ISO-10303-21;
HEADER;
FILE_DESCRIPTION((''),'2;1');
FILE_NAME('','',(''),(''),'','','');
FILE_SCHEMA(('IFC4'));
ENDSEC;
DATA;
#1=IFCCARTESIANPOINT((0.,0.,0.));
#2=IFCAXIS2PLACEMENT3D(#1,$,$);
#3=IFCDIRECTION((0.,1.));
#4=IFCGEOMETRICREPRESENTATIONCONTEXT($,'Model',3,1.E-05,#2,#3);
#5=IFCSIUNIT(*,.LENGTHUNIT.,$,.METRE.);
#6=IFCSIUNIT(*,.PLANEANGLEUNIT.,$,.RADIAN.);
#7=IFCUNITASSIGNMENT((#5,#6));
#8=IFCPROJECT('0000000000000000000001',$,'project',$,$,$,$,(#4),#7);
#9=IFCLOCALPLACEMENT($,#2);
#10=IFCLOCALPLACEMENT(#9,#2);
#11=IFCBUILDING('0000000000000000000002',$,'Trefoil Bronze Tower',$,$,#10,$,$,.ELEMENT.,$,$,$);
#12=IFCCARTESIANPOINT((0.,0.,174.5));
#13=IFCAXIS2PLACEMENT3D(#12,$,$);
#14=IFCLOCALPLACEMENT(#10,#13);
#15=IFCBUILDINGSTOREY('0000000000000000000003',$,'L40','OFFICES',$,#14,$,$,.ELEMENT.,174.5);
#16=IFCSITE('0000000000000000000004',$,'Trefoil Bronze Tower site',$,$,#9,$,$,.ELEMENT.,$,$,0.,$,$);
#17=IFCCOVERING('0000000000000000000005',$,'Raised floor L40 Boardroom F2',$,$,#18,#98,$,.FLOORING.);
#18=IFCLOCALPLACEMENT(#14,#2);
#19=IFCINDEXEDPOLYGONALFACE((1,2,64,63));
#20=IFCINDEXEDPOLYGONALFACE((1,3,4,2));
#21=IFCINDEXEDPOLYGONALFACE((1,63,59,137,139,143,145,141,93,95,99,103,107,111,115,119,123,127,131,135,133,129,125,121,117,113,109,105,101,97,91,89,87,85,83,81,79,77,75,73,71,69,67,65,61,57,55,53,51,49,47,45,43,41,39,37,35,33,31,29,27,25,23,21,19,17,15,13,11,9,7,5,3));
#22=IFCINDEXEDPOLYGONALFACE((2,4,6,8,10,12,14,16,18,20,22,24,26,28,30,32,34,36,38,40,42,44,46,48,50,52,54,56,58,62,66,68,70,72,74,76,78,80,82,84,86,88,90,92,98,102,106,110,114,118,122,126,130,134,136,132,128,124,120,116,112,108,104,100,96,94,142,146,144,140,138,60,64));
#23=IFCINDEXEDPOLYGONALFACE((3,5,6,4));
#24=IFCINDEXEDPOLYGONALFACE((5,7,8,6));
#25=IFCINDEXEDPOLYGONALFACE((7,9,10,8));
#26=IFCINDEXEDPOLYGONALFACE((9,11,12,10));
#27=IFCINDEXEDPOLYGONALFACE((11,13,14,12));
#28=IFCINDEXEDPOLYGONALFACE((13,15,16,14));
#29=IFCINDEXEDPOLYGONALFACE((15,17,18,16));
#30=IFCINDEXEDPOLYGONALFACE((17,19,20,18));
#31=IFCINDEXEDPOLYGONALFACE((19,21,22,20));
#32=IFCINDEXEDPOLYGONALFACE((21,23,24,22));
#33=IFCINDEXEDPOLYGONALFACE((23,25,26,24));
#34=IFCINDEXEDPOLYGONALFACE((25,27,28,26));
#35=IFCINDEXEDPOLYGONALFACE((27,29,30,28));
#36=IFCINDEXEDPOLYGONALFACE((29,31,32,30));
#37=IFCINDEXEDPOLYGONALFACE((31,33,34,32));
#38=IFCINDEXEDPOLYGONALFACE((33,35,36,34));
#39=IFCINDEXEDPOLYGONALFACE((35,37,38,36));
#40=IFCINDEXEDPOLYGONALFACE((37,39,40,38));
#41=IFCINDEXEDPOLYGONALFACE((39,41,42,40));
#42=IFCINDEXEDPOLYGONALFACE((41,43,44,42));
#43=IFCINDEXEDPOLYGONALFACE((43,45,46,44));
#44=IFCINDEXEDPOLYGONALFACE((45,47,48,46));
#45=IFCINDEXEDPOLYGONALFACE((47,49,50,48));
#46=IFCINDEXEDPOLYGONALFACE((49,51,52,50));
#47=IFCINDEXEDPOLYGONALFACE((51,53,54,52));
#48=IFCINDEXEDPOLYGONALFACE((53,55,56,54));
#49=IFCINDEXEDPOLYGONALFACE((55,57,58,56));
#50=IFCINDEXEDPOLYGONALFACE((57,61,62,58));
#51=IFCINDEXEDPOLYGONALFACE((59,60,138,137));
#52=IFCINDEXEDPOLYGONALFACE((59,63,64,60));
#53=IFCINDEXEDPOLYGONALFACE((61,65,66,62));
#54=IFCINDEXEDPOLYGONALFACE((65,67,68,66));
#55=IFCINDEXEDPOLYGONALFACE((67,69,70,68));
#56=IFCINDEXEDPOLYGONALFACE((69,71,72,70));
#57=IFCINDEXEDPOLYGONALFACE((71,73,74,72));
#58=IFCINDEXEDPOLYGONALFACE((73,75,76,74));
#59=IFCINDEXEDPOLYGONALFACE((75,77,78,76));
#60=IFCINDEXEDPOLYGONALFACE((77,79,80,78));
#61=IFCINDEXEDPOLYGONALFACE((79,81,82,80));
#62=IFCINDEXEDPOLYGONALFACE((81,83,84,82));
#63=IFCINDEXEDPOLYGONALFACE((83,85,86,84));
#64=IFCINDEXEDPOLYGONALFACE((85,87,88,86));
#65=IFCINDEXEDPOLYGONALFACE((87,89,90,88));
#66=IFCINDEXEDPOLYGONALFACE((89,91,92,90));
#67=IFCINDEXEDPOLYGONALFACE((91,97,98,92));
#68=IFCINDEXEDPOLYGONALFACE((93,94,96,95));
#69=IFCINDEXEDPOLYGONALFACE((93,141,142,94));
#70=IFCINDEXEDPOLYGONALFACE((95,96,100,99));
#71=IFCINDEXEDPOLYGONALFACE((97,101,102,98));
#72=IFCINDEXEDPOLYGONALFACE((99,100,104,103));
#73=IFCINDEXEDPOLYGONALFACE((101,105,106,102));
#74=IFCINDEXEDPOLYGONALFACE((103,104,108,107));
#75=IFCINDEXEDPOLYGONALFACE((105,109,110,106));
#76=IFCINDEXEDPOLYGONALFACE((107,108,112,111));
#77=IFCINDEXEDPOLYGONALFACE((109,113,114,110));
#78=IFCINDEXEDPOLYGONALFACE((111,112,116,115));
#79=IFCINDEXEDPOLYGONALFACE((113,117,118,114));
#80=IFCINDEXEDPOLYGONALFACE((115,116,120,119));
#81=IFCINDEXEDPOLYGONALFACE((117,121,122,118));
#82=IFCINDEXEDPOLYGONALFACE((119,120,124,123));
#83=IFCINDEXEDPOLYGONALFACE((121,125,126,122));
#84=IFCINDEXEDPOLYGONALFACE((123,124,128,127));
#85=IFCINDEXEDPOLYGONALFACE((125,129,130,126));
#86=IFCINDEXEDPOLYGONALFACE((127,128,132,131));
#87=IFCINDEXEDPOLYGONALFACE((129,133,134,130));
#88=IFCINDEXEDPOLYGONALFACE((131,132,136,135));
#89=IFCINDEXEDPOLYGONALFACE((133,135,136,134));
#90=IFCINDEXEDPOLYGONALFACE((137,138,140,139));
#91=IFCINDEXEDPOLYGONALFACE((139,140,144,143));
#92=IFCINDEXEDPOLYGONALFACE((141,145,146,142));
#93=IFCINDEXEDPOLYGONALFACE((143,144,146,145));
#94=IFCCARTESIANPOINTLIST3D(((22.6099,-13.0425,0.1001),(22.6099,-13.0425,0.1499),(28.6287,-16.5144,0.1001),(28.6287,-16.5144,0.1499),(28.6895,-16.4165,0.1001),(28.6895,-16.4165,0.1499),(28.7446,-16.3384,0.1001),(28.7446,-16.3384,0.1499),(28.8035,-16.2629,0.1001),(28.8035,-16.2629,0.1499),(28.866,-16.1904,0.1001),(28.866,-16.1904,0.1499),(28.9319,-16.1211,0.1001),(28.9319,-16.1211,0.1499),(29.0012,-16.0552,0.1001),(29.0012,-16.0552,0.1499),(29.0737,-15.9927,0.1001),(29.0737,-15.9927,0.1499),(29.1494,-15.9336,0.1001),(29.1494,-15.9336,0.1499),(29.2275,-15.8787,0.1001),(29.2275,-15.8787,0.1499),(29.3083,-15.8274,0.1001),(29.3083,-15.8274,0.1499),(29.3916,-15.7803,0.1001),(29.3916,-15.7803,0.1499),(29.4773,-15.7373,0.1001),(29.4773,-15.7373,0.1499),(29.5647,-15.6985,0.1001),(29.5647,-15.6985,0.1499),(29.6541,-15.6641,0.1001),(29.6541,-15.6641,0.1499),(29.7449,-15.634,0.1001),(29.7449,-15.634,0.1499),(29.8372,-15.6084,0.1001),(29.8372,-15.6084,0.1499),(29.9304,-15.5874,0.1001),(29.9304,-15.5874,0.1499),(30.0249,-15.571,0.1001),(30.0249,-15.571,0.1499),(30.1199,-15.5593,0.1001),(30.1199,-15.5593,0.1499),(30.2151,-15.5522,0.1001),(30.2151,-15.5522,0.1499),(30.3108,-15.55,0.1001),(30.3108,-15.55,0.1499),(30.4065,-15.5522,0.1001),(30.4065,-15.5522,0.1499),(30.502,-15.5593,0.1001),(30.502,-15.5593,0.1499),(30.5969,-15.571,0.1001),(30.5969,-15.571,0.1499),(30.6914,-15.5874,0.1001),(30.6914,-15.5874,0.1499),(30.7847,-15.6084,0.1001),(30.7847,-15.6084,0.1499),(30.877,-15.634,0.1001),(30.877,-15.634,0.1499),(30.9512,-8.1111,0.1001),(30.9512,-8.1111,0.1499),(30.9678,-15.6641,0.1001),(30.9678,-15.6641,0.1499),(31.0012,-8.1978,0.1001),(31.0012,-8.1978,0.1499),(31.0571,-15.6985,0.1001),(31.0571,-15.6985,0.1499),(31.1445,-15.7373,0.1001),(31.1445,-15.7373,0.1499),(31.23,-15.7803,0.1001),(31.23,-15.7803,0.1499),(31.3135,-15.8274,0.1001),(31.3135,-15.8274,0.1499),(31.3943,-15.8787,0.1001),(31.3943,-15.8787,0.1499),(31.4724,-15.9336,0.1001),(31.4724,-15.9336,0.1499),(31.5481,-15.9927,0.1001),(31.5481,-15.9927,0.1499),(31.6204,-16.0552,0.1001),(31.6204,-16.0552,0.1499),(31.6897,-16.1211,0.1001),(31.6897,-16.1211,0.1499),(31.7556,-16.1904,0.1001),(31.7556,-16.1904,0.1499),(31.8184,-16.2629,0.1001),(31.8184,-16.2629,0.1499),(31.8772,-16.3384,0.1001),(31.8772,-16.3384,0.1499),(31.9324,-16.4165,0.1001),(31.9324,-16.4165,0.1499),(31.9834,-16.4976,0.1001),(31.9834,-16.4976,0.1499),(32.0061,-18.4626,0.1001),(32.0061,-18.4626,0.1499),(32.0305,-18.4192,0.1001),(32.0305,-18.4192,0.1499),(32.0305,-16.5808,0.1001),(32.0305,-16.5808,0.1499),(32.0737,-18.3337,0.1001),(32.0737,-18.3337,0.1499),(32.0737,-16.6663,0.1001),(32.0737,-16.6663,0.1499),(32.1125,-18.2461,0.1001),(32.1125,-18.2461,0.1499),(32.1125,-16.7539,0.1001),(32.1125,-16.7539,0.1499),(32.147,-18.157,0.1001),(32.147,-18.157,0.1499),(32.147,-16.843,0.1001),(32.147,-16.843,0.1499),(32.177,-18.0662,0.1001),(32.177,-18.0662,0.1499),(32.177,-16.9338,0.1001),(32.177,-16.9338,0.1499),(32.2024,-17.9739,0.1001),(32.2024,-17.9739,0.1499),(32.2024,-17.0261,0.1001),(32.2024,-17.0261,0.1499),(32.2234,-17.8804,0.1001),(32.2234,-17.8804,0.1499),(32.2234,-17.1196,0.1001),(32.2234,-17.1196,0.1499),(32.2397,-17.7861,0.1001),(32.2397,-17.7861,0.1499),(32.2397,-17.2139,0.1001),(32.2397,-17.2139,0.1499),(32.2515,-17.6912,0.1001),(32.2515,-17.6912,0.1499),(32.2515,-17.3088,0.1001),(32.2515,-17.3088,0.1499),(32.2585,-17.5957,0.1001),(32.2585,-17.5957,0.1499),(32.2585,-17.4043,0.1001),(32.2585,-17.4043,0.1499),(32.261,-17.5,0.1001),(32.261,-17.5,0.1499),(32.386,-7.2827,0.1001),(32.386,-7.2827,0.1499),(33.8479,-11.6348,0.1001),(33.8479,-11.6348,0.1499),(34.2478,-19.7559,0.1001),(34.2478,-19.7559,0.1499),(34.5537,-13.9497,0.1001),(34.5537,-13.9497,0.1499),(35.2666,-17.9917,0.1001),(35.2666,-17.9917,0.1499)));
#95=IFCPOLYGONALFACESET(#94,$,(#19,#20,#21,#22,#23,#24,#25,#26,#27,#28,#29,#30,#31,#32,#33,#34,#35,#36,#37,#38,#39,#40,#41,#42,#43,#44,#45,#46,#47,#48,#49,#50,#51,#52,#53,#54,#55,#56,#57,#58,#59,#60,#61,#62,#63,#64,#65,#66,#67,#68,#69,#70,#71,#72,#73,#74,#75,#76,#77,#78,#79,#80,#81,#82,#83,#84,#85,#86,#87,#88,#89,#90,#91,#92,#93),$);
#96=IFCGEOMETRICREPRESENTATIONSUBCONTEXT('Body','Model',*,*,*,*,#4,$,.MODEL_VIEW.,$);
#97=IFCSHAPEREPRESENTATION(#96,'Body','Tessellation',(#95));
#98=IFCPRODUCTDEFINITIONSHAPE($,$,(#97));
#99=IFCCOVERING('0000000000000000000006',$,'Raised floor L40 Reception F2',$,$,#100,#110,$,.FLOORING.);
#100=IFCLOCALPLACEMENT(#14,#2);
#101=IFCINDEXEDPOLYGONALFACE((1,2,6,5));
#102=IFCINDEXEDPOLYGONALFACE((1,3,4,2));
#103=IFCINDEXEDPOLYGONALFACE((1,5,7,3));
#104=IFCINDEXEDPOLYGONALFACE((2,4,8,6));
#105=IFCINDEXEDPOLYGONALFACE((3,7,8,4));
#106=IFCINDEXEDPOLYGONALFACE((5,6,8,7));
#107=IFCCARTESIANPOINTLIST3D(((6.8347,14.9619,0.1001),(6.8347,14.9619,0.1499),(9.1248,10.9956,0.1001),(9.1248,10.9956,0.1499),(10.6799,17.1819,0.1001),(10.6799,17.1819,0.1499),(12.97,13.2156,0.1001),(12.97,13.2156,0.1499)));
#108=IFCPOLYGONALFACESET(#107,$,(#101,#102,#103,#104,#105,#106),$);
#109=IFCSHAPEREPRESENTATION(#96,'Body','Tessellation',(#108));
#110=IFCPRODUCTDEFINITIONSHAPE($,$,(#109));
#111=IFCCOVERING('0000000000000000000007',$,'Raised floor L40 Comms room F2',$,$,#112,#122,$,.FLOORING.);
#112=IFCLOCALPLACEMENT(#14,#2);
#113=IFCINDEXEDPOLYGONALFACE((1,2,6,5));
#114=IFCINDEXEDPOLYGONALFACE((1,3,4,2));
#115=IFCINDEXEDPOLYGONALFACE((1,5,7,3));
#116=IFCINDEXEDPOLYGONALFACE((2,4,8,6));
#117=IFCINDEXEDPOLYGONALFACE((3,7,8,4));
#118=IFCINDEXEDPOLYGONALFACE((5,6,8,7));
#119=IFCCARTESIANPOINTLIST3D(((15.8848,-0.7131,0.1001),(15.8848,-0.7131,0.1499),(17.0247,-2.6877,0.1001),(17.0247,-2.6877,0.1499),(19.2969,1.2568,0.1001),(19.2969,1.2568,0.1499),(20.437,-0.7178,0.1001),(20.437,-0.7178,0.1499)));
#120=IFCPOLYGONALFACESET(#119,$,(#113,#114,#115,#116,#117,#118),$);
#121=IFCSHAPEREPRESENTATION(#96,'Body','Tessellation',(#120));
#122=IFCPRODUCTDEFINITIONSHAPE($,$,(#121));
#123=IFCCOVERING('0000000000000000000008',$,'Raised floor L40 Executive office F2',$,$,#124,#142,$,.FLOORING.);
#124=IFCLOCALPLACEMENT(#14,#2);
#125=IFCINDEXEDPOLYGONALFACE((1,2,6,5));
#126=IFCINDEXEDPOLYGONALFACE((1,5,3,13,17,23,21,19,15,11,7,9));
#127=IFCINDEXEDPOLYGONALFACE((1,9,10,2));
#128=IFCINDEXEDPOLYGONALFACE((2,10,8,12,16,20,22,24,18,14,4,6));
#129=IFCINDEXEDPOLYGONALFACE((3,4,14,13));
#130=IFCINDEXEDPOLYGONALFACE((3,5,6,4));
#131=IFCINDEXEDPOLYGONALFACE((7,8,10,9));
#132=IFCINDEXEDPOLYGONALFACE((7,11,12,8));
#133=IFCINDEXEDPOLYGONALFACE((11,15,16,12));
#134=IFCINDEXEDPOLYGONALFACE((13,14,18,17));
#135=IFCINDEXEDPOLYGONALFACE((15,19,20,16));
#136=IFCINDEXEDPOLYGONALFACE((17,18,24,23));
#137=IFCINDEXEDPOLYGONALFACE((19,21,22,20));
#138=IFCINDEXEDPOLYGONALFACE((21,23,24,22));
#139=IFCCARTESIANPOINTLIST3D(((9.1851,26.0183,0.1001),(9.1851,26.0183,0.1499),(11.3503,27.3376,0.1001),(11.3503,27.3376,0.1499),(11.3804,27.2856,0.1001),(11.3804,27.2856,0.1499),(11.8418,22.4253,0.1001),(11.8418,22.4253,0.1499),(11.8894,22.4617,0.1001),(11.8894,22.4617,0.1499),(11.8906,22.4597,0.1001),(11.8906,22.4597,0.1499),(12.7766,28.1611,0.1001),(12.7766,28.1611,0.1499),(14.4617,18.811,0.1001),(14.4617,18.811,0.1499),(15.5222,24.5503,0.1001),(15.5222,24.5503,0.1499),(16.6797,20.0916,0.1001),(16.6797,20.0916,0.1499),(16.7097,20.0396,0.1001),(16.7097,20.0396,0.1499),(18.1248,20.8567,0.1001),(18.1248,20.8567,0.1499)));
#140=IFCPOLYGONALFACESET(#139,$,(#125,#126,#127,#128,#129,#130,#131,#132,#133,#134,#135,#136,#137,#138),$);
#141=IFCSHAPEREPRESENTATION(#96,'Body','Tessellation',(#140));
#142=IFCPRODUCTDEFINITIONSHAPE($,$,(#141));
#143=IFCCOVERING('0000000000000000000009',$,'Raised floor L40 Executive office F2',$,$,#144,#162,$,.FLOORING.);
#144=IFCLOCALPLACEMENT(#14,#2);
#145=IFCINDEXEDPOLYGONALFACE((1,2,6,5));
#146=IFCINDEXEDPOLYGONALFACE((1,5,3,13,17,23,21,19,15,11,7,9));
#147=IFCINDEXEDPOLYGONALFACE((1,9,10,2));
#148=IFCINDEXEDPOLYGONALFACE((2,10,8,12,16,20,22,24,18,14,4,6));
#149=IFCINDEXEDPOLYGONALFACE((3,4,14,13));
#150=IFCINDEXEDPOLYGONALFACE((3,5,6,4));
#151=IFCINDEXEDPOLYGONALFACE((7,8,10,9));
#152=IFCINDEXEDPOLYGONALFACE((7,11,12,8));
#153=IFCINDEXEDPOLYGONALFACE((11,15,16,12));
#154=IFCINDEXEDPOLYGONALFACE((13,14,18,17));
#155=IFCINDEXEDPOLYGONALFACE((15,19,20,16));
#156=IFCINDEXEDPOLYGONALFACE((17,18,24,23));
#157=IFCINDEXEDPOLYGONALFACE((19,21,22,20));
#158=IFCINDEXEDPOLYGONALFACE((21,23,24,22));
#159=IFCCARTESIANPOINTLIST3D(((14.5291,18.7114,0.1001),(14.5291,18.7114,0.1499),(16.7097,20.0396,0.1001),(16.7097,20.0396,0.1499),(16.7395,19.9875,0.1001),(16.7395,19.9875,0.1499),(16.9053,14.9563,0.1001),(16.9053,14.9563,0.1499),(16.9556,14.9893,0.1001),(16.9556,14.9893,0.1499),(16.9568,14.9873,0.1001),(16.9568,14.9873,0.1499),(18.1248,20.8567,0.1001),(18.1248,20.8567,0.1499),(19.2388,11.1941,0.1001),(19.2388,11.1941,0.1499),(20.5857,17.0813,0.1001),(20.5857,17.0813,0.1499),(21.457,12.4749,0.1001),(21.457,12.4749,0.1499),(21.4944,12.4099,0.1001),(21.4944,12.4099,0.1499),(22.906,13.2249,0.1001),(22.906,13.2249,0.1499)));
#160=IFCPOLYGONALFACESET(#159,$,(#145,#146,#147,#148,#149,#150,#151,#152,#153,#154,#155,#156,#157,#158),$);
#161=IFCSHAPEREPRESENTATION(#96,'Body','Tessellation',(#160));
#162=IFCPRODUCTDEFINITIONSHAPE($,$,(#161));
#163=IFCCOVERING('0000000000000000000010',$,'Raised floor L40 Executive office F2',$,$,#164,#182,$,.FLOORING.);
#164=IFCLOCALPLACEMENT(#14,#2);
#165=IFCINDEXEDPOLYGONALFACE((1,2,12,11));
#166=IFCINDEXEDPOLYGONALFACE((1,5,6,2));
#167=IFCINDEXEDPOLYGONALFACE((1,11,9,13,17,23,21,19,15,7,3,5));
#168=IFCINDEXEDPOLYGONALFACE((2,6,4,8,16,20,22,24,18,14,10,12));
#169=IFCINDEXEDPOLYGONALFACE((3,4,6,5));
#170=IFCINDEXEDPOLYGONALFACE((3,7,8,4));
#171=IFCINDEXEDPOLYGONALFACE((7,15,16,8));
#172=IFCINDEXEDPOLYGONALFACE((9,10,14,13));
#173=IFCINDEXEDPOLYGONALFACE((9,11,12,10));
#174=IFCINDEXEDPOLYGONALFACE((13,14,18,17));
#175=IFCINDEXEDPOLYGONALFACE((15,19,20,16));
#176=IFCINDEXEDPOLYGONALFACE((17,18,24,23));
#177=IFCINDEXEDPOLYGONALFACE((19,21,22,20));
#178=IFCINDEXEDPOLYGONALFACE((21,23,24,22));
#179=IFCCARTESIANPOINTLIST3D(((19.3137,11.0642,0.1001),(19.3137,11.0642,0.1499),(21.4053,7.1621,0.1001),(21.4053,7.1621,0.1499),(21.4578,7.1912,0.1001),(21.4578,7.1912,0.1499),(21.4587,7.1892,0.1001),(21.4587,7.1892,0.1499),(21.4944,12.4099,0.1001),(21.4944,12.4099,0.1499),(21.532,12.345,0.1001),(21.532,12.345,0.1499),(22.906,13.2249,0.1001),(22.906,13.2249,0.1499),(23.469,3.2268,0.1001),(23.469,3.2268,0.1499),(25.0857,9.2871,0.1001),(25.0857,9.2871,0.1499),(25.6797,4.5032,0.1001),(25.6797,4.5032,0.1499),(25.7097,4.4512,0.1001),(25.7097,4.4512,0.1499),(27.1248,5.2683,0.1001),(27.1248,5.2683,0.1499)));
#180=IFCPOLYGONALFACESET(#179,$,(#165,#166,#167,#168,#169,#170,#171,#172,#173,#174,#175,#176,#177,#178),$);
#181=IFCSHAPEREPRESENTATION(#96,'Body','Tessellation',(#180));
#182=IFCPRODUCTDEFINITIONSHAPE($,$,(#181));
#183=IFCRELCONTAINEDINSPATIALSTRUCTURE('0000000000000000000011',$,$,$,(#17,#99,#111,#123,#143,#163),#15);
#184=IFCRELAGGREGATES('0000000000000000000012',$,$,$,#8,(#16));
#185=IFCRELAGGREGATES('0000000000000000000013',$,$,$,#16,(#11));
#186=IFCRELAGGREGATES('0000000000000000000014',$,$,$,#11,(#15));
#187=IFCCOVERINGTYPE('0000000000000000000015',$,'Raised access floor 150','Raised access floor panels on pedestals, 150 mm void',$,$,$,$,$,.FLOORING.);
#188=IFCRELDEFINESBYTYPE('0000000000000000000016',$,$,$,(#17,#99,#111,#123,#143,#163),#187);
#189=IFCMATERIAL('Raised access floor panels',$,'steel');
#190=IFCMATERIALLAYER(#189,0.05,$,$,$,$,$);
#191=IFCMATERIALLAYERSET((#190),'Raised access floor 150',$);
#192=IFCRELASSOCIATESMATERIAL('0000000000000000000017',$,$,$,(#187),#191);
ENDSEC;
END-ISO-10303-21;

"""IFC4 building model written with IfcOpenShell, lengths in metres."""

from ifc_helpers import new_model, si_unit, direction, frame, origin, place, context, subcontext, project, spatial, polyline, outline, extrude, material, layer, layer_set, type_object, element, save


model = new_model("IFC4")

# Units and contexts
model_context = context("Model", 3, precision=1e-05, world=origin(), true_north=direction((0.0, 1.0)))
body_context = subcontext(model_context, "Body", "Model", "MODEL_VIEW")
ifc_project = project(units=[si_unit("LENGTHUNIT", "METRE"), si_unit("PLANEANGLEUNIT", "RADIAN")], contexts=[model_context])

# Site, building, storey
site_placement = place(None, origin())
site = spatial("IfcSite", under=ifc_project, at=site_placement, Name="Trefoil Bronze Tower site", CompositionType="ELEMENT", RefElevation=0.0)
building_placement = place(site_placement, origin())
building = spatial("IfcBuilding", under=site, at=building_placement, Name="Trefoil Bronze Tower", CompositionType="ELEMENT")
storey_placement = place(building_placement, frame((0.0, 0.0, 174.5)))
storey = spatial("IfcBuildingStorey", under=building, at=storey_placement, Name="L40", Description="OFFICES", CompositionType="ELEMENT", Elevation=174.5)

# Coverings
ifc_material_1 = material(Name="Raised access floor panels", Category="steel")
ifc_layer_1 = layer(ifc_material_1, 0.05)
ifc_layer_set_1 = layer_set([ifc_layer_1], Name="Raised access floor 150")
covering_type_1 = type_object("IfcCoveringType", Name="Raised access floor 150", Description="Raised access floor panels on pedestals, 150 mm void", PredefinedType="FLOORING", material=ifc_layer_set_1)
covering_1_placement = place(storey_placement, frame((0.0, 0.0, 0.1001)))
element("IfcCovering", 1, at=covering_1_placement, inside=storey, type_object=covering_type_1, Name="Raised floor L40 Boardroom F2", PredefinedType="FLOORING", context=body_context, shape_type="SweptSolid", body=[
    extrude(outline(polyline([(22.6099, -13.0425), (31.0012, -8.1978), (30.9512, -8.1111), (32.386, -7.2827), (33.8479, -11.6348), (34.5537, -13.9497), (35.2666, -17.9917), (34.2478, -19.7559), (32.0061, -18.4626), (32.0305, -18.4192), (32.0737, -18.3337), (32.1125, -18.2461), (32.147, -18.157), (32.177, -18.0662), (32.2024, -17.9739), (32.2234, -17.8804), (32.2397, -17.7861), (32.2515, -17.6912), (32.2585, -17.5957), (32.261, -17.5), (32.2585, -17.4043), (32.2515, -17.3088), (32.2397, -17.2139), (32.2234, -17.1196), (32.2024, -17.0261), (32.177, -16.9338), (32.147, -16.843), (32.1125, -16.7539), (32.0737, -16.6663), (32.0305, -16.5808), (31.9834, -16.4976), (31.9324, -16.4165), (31.8772, -16.3384), (31.8184, -16.2629), (31.7556, -16.1904), (31.6897, -16.1211), (31.6204, -16.0552), (31.5481, -15.9927), (31.4724, -15.9336), (31.3943, -15.8787), (31.3135, -15.8274), (31.23, -15.7803), (31.1445, -15.7373), (31.0571, -15.6985), (30.9678, -15.6641), (30.877, -15.634), (30.7847, -15.6084), (30.6914, -15.5874), (30.5969, -15.571), (30.502, -15.5593), (30.4065, -15.5522), (30.3108, -15.55), (30.2151, -15.5522), (30.1199, -15.5593), (30.0249, -15.571), (29.9304, -15.5874), (29.8372, -15.6084), (29.7449, -15.634), (29.6541, -15.6641), (29.5647, -15.6985), (29.4773, -15.7373), (29.3916, -15.7803), (29.3083, -15.8274), (29.2275, -15.8787), (29.1494, -15.9336), (29.0737, -15.9927), (29.0012, -16.0552), (28.9319, -16.1211), (28.866, -16.1904), (28.8035, -16.2629), (28.7446, -16.3384), (28.6895, -16.4165), (28.6287, -16.5144), (22.6099, -13.0425)])), origin(), (0.0, 0.0, 1.0), 0.0498),
])
covering_2_placement = place(storey_placement, frame((0.0, 0.0, 0.1001)))
element("IfcCovering", 2, at=covering_2_placement, inside=storey, type_object=covering_type_1, Name="Raised floor L40 Reception F2", PredefinedType="FLOORING", context=body_context, shape_type="SweptSolid", body=[
    extrude(outline(polyline([(6.8347, 14.9619), (10.6799, 17.1819), (12.97, 13.2156), (9.1248, 10.9956), (6.8347, 14.9619)])), origin(), (0.0, 0.0, 1.0), 0.0498),
])
covering_3_placement = place(storey_placement, frame((0.0, 0.0, 0.1001)))
element("IfcCovering", 3, at=covering_3_placement, inside=storey, type_object=covering_type_1, Name="Raised floor L40 Comms room F2", PredefinedType="FLOORING", context=body_context, shape_type="SweptSolid", body=[
    extrude(outline(polyline([(15.8848, -0.7131), (19.2969, 1.2568), (20.437, -0.7178), (17.0247, -2.6877), (15.8848, -0.7131)])), origin(), (0.0, 0.0, 1.0), 0.0498),
])
covering_4_placement = place(storey_placement, frame((0.0, 0.0, 0.1001)))
element("IfcCovering", 4, at=covering_4_placement, inside=storey, type_object=covering_type_1, Name="Raised floor L40 Executive office F2", PredefinedType="FLOORING", context=body_context, shape_type="SweptSolid", body=[
    extrude(outline(polyline([(18.1248, 20.8567), (16.7097, 20.0396), (16.6797, 20.0916), (14.4617, 18.811), (11.8906, 22.4597), (11.8418, 22.4253), (11.8894, 22.4617), (9.1851, 26.0183), (11.3804, 27.2856), (11.3503, 27.3376), (12.7766, 28.1611), (15.5222, 24.5503), (18.1248, 20.8567)])), origin(), (0.0, 0.0, 1.0), 0.0498),
])
covering_5_placement = place(storey_placement, frame((0.0, 0.0, 0.1001)))
element("IfcCovering", 5, at=covering_5_placement, inside=storey, type_object=covering_type_1, Name="Raised floor L40 Executive office F2", PredefinedType="FLOORING", context=body_context, shape_type="SweptSolid", body=[
    extrude(outline(polyline([(20.5857, 17.0813), (22.906, 13.2249), (21.4944, 12.4099), (21.457, 12.4749), (19.2388, 11.1941), (16.9568, 14.9873), (16.9053, 14.9563), (16.9556, 14.9893), (14.5291, 18.7114), (16.7395, 19.9875), (16.7097, 20.0396), (18.1248, 20.8567), (20.5857, 17.0813)])), origin(), (0.0, 0.0, 1.0), 0.0498),
])
covering_6_placement = place(storey_placement, frame((0.0, 0.0, 0.1001)))
element("IfcCovering", 6, at=covering_6_placement, inside=storey, type_object=covering_type_1, Name="Raised floor L40 Executive office F2", PredefinedType="FLOORING", context=body_context, shape_type="SweptSolid", body=[
    extrude(outline(polyline([(25.0857, 9.2871), (27.1248, 5.2683), (25.7097, 4.4512), (25.6797, 4.5032), (23.469, 3.2268), (21.4587, 7.1892), (21.4053, 7.1621), (21.4578, 7.1912), (19.3137, 11.0642), (21.532, 12.345), (21.4944, 12.4099), (22.906, 13.2249), (25.0857, 9.2871)])), origin(), (0.0, 0.0, 1.0), 0.0498),
])

save(model, "model.ifc")
